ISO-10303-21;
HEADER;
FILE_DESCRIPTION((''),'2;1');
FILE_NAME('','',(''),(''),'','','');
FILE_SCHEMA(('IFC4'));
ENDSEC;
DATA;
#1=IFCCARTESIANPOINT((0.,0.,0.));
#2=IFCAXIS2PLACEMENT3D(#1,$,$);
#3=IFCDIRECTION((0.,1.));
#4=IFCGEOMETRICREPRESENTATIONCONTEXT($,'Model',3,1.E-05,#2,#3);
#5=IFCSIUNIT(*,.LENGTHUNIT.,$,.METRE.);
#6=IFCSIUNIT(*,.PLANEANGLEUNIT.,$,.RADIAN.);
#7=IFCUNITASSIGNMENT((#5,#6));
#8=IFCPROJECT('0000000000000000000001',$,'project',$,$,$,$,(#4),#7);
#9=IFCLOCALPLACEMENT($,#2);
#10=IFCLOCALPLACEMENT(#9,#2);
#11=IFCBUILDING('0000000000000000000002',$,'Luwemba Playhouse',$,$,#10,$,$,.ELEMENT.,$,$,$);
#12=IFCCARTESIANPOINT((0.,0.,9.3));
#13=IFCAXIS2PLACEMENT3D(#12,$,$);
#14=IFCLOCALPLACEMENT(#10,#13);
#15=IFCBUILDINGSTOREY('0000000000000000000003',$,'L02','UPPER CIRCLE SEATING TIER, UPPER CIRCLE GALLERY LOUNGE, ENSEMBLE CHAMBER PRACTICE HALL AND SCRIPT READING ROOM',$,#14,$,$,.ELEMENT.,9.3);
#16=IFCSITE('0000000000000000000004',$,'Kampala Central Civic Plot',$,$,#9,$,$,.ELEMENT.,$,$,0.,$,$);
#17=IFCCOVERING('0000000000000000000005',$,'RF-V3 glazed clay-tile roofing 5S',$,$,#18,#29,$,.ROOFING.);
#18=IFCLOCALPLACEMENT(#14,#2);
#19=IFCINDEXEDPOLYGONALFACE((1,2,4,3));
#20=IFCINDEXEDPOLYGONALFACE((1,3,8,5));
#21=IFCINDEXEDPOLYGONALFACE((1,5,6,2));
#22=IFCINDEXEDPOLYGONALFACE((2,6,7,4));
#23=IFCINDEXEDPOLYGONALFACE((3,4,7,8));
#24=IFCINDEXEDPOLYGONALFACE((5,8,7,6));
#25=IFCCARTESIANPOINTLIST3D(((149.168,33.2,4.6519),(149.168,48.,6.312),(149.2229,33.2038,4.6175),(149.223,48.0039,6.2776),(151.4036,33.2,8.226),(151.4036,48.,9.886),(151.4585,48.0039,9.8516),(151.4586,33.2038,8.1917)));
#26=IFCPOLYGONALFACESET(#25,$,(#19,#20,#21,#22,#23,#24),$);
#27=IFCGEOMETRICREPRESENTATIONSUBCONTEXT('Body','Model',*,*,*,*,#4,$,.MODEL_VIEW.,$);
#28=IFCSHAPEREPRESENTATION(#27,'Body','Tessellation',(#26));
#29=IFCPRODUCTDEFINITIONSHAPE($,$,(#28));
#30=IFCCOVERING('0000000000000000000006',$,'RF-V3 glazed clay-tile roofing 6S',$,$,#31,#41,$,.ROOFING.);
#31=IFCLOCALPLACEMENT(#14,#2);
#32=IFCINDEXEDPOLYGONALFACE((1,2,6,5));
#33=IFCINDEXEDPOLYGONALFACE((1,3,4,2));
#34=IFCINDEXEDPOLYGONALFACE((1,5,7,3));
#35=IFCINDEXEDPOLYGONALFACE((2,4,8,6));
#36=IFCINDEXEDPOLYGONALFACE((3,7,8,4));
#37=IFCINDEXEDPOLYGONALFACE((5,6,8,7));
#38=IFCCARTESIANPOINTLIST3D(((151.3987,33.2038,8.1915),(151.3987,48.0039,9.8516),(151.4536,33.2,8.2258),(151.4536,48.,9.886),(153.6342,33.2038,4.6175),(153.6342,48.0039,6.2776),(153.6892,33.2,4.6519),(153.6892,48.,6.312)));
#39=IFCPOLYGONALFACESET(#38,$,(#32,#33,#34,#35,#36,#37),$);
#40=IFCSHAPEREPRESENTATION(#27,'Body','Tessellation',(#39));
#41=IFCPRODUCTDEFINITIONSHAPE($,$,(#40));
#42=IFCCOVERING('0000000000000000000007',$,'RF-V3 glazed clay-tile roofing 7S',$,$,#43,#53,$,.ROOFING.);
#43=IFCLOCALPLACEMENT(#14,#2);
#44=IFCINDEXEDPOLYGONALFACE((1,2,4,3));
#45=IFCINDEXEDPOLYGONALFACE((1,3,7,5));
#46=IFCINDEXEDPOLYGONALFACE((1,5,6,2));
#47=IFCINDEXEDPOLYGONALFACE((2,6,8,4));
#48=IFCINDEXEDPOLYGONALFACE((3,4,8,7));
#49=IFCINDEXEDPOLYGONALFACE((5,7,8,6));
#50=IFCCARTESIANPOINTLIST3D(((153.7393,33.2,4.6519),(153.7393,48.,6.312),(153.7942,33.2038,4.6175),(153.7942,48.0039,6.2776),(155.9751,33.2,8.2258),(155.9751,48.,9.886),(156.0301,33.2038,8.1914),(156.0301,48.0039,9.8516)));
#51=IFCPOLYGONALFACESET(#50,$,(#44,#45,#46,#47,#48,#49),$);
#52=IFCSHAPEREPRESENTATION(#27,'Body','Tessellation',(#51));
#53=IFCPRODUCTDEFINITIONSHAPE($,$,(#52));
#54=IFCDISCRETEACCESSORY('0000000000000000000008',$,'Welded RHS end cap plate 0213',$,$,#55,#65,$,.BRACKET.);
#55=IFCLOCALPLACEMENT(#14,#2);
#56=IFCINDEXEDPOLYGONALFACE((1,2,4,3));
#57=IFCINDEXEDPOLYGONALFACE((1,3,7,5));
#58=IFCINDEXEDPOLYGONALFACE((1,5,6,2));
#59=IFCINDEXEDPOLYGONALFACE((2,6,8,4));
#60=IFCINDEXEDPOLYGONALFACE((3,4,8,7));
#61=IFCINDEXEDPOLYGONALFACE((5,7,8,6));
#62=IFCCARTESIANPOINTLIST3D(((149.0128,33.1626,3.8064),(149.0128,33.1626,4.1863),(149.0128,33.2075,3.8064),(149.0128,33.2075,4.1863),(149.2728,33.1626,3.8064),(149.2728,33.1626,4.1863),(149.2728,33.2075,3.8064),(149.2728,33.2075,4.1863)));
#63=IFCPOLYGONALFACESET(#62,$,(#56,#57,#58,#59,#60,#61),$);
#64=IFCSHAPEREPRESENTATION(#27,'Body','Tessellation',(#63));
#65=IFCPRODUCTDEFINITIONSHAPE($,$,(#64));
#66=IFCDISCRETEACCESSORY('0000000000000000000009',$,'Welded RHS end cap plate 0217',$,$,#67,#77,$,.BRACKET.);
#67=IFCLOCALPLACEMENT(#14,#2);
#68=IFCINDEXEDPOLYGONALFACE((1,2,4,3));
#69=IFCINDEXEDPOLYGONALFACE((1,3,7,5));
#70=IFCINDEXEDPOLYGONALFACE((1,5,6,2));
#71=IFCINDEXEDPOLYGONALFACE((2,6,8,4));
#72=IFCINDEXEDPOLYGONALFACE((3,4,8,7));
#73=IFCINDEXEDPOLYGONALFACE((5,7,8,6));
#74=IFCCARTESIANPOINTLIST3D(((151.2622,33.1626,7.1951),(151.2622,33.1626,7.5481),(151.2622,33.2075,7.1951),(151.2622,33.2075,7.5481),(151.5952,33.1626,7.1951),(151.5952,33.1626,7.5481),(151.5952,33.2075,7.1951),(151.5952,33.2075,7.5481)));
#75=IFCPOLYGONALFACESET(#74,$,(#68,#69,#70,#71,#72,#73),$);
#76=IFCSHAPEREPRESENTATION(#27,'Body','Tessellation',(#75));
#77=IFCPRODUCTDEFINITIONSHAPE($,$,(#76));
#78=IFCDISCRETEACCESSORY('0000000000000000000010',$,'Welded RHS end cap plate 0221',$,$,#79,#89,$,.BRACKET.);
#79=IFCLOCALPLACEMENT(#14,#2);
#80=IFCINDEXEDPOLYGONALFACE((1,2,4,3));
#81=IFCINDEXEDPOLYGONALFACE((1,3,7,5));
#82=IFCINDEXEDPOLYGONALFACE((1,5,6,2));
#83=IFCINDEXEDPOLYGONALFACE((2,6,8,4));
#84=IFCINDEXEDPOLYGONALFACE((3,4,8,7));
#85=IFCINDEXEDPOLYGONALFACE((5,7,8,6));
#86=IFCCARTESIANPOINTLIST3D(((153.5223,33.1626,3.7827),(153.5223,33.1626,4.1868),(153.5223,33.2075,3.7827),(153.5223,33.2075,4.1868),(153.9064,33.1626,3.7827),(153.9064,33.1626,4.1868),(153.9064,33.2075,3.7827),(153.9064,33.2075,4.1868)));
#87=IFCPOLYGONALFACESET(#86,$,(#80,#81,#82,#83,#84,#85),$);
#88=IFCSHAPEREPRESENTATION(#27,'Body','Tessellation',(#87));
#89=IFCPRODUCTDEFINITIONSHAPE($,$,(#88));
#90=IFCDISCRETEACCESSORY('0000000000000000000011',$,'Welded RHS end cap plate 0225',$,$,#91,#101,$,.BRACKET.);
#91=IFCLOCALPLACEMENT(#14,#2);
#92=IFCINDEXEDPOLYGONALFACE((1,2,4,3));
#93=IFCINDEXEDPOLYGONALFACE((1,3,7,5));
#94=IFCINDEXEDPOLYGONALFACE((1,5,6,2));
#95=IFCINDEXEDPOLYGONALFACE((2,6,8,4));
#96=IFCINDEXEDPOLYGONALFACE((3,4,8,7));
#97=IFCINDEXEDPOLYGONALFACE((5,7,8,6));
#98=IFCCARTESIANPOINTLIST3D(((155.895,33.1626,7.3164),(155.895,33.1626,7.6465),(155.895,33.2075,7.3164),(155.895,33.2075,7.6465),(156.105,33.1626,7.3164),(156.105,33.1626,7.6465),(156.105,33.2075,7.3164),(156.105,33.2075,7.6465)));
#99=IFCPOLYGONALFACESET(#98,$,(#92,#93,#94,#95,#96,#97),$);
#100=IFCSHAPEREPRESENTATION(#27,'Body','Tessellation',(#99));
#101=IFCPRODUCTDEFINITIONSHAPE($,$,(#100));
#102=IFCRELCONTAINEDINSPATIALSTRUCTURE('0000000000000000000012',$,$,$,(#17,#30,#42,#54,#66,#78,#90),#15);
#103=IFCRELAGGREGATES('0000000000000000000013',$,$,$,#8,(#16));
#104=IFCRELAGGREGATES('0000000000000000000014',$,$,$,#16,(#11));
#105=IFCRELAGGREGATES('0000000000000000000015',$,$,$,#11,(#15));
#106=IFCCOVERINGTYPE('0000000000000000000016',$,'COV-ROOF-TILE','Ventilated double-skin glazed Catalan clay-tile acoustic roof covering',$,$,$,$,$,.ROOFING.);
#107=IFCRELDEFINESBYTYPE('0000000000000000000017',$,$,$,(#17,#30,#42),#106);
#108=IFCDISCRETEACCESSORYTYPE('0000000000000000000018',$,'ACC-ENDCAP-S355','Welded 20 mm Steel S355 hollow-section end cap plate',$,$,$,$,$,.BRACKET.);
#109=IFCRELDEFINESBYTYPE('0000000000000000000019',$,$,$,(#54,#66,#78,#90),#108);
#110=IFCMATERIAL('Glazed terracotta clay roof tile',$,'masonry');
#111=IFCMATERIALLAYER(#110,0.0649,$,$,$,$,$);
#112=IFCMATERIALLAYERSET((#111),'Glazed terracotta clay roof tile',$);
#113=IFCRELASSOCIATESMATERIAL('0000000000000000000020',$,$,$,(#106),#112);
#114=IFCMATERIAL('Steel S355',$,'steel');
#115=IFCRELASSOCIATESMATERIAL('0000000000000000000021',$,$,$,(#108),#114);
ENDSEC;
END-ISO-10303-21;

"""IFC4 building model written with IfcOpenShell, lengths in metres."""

from ifc_helpers import new_model, si_unit, direction, frame, origin, origin_2d, place, context, subcontext, project, spatial, polyline, rectangle, outline, extrude, material, layer, layer_set, type_object, element, save


model = new_model("IFC4")

# Units and contexts
model_context = context("Model", 3, precision=1e-05, world=origin(), true_north=direction((0.0, 1.0)))
body_context = subcontext(model_context, "Body", "Model", "MODEL_VIEW")
ifc_project = project(units=[si_unit("LENGTHUNIT", "METRE"), si_unit("PLANEANGLEUNIT", "RADIAN")], contexts=[model_context])

# Site, building, storey
site_placement = place(None, origin())
site = spatial("IfcSite", under=ifc_project, at=site_placement, Name="Kampala Central Civic Plot", CompositionType="ELEMENT", RefElevation=0.0)
building_placement = place(site_placement, origin())
building = spatial("IfcBuilding", under=site, at=building_placement, Name="Luwemba Playhouse", CompositionType="ELEMENT")
storey_placement = place(building_placement, frame((0.0, 0.0, 9.3)))
storey = spatial("IfcBuildingStorey", under=building, at=storey_placement, Name="L02", Description="UPPER CIRCLE SEATING TIER, UPPER CIRCLE GALLERY LOUNGE, ENSEMBLE CHAMBER PRACTICE HALL AND SCRIPT READING ROOM", CompositionType="ELEMENT", Elevation=9.3)

# Shared definitions
ifc_material_1 = material(Name="Steel S355", Category="steel")

# Coverings
ifc_material_2 = material(Name="Glazed terracotta clay roof tile", Category="masonry")
ifc_layer_1 = layer(ifc_material_2, 0.0649)
ifc_layer_set_1 = layer_set([ifc_layer_1], Name="Glazed terracotta clay roof tile")
covering_type = type_object("IfcCoveringType", Name="COV-ROOF-TILE", Description="Ventilated double-skin glazed Catalan clay-tile acoustic roof covering", PredefinedType="ROOFING", material=ifc_layer_set_1)
covering_1_placement = place(storey_placement, frame((149.168, 33.2, 4.6519), z_axis=(-0.846312, -0.059376, 0.529368), x_axis=(0.530303, 0.000001, 0.847808)))
element("IfcCovering", 1, at=covering_1_placement, inside=storey, type_object=covering_type, Name="RF-V3 glazed clay-tile roofing 5S", PredefinedType="ROOFING", context=body_context, shape_type="SweptSolid", body=[
    extrude(outline(polyline([(0.0, 0.0), (4.2158, 0.0), (5.6231, 14.8262), (1.4075, 14.8262), (0.0, 0.0)])), origin(), (0.0, 0.0, -1.0), 0.0649),
])
covering_2_placement = place(storey_placement, frame((151.4536, 33.2, 8.2258), z_axis=(0.846304, -0.059382, 0.529381), x_axis=(0.530316, 0.0, -0.8478)))
element("IfcCovering", 2, at=covering_2_placement, inside=storey, type_object=covering_type, Name="RF-V3 glazed clay-tile roofing 6S", PredefinedType="ROOFING", context=body_context, shape_type="SweptSolid", body=[
    extrude(outline(polyline([(0.0, 0.0), (4.2156, 0.0), (2.8081, 14.8262), (-1.4075, 14.8262), (0.0, 0.0)])), origin(), (0.0, 0.0, -1.0), 0.0649),
])
covering_3_placement = place(storey_placement, frame((153.7393, 33.2, 4.6519), z_axis=(-0.846277, -0.059387, 0.529422), x_axis=(0.530358, 0.0, 0.847774)))
element("IfcCovering", 3, at=covering_3_placement, inside=storey, type_object=covering_type, Name="RF-V3 glazed clay-tile roofing 7S", PredefinedType="ROOFING", context=body_context, shape_type="SweptSolid", body=[
    extrude(outline(polyline([(0.0, 0.0), (4.2157, 0.0), (5.6232, 14.8262), (1.4074, 14.8262), (0.0, 0.0)])), origin(), (0.0, 0.0, -1.0), 0.0649),
])

# Discrete accessories
discrete_accessory_type = type_object("IfcDiscreteAccessoryType", Name="ACC-ENDCAP-S355", Description="Welded 20 mm Steel S355 hollow-section end cap plate", PredefinedType="BRACKET", material=ifc_material_1)
discrete_accessory_1_placement = place(storey_placement, frame((149.1428, 33.1851, 3.8064), z_axis=(0.0, 0.0, 1.0), x_axis=(1.0, 0.0, 0.0)))
element("IfcDiscreteAccessory", 4, at=discrete_accessory_1_placement, inside=storey, type_object=discrete_accessory_type, Name="Welded RHS end cap plate 0213", PredefinedType="BRACKET", context=body_context, shape_type="SweptSolid", body=[
    extrude(rectangle(XDim=0.26, YDim=0.0449, at=origin_2d()), origin(), (0.0, 0.0, 1.0), 0.3799),
])
discrete_accessory_2_placement = place(storey_placement, frame((151.4287, 33.1851, 7.1951), z_axis=(0.0, 0.0, 1.0), x_axis=(1.0, 0.0, 0.0)))
element("IfcDiscreteAccessory", 5, at=discrete_accessory_2_placement, inside=storey, type_object=discrete_accessory_type, Name="Welded RHS end cap plate 0217", PredefinedType="BRACKET", context=body_context, shape_type="SweptSolid", body=[
    extrude(rectangle(XDim=0.333, YDim=0.0449, at=origin_2d()), origin(), (0.0, 0.0, 1.0), 0.353),
])
discrete_accessory_3_placement = place(storey_placement, frame((153.7144, 33.1851, 3.7827), z_axis=(0.0, 0.0, 1.0), x_axis=(1.0, 0.0, 0.0)))
element("IfcDiscreteAccessory", 6, at=discrete_accessory_3_placement, inside=storey, type_object=discrete_accessory_type, Name="Welded RHS end cap plate 0221", PredefinedType="BRACKET", context=body_context, shape_type="SweptSolid", body=[
    extrude(rectangle(XDim=0.384, YDim=0.0449, at=origin_2d()), origin(), (0.0, 0.0, 1.0), 0.4041),
])
discrete_accessory_4_placement = place(storey_placement, frame((156.0, 33.1851, 7.3164), z_axis=(0.0, 0.0, 1.0), x_axis=(1.0, 0.0, 0.0)))
element("IfcDiscreteAccessory", 7, at=discrete_accessory_4_placement, inside=storey, type_object=discrete_accessory_type, Name="Welded RHS end cap plate 0225", PredefinedType="BRACKET", context=body_context, shape_type="SweptSolid", body=[
    extrude(rectangle(XDim=0.21, YDim=0.0449, at=origin_2d()), origin(), (0.0, 0.0, 1.0), 0.3301),
])

save(model, "model.ifc")
